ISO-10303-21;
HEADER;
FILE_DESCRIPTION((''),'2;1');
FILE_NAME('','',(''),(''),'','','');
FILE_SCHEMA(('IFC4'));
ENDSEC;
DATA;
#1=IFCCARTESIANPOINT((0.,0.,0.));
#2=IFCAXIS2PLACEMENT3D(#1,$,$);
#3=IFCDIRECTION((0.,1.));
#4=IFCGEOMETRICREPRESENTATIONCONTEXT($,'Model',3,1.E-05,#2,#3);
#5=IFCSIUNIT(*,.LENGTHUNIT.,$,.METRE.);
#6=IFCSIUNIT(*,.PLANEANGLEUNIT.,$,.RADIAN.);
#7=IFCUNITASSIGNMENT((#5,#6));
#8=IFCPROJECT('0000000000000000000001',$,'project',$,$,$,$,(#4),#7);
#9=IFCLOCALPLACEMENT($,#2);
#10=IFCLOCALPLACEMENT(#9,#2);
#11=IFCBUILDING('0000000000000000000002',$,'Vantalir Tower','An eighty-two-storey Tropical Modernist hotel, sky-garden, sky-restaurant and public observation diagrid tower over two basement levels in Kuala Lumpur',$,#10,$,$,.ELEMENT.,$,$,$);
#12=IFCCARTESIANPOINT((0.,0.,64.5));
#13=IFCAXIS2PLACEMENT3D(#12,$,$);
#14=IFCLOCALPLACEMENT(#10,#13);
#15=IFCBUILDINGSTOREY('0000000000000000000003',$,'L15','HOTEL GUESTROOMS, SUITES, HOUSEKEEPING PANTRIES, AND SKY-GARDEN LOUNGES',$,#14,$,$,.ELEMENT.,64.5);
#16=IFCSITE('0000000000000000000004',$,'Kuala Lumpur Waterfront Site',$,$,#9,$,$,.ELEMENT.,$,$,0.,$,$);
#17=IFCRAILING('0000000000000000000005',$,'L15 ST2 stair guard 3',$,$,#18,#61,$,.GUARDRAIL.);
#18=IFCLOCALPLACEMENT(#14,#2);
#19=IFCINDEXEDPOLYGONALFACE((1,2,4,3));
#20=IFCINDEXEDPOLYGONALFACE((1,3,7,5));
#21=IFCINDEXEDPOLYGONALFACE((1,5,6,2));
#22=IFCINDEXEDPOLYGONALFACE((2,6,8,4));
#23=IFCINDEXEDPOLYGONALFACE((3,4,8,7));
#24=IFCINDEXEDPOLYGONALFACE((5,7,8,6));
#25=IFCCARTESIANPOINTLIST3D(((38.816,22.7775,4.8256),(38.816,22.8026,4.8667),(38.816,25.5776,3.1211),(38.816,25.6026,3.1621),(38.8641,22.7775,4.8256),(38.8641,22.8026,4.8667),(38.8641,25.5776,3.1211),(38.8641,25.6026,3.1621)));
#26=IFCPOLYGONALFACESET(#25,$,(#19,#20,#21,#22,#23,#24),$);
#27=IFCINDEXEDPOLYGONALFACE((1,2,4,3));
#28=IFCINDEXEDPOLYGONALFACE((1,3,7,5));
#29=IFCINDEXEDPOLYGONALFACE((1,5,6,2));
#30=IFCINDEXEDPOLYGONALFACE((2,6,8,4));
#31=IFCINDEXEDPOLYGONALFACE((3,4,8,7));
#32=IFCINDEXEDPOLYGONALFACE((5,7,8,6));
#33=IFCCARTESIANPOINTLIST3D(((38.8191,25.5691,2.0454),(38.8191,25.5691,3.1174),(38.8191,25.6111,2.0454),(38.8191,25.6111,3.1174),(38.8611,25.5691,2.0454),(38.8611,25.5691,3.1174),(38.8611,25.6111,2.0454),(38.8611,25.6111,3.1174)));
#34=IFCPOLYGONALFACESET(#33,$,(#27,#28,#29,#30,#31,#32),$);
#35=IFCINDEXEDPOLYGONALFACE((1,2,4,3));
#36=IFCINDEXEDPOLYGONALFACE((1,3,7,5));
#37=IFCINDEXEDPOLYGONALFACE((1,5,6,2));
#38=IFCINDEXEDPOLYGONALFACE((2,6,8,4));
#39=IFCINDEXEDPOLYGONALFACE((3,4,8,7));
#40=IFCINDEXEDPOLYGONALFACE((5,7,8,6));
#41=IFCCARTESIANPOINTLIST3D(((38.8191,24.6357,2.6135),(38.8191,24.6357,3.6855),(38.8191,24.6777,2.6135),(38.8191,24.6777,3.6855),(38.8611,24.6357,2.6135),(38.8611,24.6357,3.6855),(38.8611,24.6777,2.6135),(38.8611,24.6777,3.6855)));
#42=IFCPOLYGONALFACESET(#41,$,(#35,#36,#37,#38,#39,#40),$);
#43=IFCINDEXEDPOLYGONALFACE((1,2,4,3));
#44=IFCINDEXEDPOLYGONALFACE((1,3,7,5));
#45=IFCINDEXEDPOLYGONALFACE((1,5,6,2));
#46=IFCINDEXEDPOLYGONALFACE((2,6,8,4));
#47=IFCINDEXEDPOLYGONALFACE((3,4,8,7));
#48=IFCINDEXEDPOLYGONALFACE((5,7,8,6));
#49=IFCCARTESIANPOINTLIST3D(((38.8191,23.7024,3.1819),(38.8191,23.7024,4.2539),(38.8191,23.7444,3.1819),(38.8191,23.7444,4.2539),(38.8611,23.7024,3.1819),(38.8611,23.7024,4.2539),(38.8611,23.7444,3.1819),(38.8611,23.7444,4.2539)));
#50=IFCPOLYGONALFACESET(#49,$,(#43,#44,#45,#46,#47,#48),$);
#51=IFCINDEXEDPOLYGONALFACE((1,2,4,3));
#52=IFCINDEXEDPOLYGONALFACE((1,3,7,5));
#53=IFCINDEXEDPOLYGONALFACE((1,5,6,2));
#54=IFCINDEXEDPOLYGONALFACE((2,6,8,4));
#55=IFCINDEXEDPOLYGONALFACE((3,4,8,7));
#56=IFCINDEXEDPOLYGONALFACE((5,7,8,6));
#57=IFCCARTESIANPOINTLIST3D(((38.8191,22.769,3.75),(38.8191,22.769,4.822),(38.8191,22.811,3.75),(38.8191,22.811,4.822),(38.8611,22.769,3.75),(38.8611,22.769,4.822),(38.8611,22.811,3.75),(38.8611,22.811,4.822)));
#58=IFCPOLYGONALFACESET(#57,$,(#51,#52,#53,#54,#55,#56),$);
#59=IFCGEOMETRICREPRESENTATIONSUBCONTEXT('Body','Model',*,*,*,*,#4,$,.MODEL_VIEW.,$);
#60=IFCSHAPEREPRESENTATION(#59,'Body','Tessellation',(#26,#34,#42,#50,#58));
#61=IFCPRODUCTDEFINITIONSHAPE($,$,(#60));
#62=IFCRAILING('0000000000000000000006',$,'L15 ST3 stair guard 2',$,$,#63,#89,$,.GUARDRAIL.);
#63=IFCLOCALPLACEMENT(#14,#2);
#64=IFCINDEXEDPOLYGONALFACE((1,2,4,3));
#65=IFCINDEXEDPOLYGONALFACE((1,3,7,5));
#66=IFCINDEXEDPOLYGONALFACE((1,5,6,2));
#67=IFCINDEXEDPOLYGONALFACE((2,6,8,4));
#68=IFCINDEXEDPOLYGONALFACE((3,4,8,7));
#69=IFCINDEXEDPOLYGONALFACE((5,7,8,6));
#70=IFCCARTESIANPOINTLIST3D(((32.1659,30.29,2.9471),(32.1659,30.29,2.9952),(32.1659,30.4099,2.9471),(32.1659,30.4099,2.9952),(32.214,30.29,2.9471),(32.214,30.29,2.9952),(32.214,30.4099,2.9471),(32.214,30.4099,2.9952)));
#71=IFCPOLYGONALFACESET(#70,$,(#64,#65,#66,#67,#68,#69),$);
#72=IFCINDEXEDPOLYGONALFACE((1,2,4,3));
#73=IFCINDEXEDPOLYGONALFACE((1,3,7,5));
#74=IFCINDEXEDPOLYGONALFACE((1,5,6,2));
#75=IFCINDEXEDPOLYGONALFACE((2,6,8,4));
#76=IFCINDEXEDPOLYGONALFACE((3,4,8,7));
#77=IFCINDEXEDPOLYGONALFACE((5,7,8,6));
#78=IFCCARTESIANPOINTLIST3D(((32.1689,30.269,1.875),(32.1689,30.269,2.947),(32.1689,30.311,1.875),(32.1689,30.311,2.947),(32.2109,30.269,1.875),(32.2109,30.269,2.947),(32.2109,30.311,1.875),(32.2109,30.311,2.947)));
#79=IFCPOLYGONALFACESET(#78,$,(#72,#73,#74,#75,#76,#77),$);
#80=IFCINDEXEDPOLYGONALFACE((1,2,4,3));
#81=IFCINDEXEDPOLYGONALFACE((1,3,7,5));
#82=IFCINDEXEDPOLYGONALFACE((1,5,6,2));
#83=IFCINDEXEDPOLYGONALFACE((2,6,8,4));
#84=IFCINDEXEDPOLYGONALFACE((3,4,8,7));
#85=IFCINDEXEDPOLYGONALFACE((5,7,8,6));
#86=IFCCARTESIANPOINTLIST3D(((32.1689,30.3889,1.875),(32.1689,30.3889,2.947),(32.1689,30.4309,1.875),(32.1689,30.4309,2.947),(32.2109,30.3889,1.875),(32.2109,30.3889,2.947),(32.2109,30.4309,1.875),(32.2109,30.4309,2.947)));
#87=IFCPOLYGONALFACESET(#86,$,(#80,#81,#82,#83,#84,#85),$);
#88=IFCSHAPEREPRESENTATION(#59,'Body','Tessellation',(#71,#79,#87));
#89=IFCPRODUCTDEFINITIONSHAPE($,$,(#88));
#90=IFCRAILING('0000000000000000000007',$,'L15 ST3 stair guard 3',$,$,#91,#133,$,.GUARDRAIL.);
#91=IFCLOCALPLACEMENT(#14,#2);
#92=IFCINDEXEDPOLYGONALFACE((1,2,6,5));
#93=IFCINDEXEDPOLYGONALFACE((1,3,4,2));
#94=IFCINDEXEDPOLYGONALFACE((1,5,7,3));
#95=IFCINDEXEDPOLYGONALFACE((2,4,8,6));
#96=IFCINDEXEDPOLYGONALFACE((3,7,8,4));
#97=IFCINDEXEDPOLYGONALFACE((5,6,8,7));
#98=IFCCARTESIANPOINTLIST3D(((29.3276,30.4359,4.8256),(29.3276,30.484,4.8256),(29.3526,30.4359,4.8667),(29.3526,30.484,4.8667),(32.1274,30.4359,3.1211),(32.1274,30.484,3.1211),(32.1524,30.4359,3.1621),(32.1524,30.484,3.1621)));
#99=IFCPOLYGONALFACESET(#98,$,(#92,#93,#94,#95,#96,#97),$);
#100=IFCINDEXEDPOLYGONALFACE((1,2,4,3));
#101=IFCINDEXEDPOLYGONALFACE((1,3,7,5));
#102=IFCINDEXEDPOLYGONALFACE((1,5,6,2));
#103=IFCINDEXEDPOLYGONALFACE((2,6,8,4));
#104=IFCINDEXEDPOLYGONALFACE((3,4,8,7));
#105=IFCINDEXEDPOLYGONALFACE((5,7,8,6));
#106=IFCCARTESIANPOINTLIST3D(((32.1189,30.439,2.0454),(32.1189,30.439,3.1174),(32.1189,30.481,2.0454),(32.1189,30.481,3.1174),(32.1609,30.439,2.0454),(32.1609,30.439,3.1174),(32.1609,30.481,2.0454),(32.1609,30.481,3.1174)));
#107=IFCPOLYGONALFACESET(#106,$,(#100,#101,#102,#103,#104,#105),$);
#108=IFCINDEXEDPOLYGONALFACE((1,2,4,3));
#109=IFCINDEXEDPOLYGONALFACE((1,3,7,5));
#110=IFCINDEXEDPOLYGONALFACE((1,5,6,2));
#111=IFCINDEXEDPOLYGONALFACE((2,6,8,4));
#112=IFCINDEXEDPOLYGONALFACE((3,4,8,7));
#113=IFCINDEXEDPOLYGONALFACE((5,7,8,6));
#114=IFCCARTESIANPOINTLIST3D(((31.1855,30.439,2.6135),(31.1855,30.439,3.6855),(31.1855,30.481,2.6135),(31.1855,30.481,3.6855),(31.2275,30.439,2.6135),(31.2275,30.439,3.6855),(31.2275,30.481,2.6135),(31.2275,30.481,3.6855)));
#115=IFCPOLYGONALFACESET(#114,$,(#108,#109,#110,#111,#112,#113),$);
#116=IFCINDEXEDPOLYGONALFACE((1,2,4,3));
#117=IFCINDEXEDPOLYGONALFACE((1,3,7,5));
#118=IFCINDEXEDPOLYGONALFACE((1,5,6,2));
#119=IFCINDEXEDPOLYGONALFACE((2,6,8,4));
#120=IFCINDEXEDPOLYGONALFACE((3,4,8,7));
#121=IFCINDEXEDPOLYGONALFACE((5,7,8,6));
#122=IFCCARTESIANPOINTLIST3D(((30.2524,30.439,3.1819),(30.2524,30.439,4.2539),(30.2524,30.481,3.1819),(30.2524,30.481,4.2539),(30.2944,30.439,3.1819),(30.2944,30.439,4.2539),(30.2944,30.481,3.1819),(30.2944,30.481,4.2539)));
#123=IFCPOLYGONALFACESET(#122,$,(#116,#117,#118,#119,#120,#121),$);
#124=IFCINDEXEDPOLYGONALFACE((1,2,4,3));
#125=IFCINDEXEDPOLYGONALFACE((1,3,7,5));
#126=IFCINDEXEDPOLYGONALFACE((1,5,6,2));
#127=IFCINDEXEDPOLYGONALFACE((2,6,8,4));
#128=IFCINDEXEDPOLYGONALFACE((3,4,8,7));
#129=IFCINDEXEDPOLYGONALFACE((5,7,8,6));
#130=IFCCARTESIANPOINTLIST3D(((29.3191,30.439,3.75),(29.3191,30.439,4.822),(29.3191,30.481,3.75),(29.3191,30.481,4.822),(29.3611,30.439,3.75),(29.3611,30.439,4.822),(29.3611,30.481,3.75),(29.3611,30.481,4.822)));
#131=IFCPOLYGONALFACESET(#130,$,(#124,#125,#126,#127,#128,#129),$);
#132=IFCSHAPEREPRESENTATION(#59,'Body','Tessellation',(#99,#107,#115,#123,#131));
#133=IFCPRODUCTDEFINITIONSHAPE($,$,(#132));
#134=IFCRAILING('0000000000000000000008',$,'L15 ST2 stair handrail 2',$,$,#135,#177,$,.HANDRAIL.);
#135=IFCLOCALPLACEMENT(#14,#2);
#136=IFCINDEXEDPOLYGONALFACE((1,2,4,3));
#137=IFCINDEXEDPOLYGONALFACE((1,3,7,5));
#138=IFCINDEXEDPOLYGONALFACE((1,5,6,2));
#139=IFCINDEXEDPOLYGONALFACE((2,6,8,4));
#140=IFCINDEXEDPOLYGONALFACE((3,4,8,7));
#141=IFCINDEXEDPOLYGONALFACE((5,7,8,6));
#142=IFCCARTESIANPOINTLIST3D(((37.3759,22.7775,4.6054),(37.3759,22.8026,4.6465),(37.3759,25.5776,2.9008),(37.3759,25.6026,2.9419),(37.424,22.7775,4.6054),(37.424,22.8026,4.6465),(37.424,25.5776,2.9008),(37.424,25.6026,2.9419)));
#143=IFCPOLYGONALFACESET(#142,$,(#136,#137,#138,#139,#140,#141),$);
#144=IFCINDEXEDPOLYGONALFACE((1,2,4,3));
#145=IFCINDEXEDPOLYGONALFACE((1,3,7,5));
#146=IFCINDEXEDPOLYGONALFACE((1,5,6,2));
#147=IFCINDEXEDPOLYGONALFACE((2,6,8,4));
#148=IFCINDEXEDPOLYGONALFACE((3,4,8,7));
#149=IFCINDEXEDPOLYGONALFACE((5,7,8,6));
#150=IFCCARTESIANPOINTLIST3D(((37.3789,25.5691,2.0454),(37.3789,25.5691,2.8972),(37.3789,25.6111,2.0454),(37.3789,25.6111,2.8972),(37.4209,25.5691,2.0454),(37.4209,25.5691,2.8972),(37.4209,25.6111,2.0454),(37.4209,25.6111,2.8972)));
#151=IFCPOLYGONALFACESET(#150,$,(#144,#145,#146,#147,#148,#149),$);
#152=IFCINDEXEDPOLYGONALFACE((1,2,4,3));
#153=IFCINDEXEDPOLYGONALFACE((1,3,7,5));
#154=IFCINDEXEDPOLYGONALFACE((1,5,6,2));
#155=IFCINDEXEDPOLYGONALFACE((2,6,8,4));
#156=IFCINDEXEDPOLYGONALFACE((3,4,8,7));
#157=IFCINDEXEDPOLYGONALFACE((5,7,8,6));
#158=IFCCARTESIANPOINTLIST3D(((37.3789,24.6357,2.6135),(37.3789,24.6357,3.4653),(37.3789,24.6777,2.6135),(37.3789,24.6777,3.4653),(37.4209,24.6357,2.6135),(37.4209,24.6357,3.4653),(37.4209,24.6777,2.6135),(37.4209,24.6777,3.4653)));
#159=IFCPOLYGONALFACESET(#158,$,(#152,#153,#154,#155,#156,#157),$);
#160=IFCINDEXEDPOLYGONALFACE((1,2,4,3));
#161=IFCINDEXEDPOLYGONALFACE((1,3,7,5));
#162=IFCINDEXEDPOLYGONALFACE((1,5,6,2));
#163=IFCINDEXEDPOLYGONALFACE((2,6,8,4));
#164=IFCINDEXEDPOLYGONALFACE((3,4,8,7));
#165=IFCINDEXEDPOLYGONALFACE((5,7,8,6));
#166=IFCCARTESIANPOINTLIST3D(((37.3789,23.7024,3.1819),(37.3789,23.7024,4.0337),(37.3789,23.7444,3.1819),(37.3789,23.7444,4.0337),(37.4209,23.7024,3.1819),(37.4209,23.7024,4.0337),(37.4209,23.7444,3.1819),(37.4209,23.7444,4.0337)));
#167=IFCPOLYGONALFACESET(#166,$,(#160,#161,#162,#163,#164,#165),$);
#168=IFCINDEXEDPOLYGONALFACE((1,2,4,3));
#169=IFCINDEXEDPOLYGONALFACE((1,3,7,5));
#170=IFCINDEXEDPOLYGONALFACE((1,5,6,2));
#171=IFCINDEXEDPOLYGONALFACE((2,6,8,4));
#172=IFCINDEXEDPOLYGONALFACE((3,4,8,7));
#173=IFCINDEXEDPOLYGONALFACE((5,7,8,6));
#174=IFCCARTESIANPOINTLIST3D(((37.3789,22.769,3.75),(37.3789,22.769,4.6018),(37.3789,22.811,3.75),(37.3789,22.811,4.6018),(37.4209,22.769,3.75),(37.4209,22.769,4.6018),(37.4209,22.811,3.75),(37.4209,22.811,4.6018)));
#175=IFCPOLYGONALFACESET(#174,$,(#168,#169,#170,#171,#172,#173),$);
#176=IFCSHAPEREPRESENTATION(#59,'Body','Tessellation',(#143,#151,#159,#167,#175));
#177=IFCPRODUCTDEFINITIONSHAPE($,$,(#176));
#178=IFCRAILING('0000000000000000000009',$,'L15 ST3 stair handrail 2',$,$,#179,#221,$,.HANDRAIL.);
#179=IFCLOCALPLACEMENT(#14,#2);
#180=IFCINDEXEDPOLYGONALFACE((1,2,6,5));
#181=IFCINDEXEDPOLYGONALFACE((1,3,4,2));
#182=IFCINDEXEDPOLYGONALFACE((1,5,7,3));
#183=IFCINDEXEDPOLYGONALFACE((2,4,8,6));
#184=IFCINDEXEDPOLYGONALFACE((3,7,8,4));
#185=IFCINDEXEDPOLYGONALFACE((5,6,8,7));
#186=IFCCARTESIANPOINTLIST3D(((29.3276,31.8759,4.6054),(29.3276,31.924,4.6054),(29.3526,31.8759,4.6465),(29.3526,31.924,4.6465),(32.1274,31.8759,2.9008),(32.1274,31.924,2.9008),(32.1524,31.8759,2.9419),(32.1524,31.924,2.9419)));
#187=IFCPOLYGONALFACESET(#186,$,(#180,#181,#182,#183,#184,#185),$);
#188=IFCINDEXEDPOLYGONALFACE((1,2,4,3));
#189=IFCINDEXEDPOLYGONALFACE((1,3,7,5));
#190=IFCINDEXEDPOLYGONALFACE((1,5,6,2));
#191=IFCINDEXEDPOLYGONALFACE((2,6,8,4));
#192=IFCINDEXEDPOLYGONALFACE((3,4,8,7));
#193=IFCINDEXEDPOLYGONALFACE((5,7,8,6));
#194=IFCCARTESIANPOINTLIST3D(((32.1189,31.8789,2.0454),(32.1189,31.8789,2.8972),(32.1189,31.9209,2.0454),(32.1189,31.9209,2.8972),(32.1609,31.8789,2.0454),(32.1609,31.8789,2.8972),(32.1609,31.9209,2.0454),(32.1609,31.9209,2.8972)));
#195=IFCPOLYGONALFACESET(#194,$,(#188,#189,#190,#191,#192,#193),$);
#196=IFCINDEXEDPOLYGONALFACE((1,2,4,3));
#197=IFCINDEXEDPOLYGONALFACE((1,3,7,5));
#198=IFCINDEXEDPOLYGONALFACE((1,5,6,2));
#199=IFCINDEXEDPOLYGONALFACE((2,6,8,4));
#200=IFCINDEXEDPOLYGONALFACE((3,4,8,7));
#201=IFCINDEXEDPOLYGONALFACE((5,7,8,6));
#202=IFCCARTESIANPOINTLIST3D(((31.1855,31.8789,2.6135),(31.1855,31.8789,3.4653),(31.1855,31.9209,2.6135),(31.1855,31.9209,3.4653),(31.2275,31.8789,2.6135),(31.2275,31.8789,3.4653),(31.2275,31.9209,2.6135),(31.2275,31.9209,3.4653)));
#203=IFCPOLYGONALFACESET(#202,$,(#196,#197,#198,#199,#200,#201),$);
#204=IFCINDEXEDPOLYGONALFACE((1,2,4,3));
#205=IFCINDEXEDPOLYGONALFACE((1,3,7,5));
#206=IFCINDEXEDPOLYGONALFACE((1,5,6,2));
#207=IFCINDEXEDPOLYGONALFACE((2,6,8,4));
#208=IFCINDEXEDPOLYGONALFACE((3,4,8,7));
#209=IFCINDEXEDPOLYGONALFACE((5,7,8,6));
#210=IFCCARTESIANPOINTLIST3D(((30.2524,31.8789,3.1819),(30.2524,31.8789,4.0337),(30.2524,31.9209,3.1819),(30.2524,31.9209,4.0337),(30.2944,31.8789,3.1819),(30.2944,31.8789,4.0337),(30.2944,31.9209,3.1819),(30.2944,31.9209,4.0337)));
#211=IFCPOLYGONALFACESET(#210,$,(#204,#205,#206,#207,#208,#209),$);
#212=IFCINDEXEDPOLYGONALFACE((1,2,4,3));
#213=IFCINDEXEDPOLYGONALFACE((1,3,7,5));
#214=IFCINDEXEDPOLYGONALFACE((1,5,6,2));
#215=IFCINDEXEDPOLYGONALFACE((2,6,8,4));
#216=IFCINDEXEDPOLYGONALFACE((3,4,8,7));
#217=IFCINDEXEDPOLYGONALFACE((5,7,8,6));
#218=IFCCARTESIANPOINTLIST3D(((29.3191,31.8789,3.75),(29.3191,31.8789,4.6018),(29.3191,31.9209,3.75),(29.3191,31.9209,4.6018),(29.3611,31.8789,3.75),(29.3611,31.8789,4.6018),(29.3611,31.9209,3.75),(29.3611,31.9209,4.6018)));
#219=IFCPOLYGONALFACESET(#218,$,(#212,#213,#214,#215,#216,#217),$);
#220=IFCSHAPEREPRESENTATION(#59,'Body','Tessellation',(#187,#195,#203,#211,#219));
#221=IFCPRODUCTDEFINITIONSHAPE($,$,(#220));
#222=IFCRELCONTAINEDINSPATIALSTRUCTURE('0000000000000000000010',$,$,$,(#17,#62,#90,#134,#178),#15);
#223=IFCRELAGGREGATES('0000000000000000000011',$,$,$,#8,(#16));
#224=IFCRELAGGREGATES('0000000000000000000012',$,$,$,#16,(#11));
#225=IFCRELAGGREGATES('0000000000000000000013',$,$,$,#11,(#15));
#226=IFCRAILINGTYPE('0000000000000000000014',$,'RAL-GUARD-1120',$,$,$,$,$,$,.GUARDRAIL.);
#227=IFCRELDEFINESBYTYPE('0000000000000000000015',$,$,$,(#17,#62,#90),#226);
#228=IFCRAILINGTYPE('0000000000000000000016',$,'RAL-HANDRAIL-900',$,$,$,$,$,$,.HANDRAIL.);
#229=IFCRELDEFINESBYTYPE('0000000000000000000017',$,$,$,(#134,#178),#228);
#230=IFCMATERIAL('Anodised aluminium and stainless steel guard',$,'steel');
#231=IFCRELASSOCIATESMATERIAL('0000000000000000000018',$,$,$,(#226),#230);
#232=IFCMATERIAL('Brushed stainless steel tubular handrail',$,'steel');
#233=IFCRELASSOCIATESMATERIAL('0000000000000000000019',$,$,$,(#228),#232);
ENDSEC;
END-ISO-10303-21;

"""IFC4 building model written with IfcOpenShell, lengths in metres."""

from ifc_helpers import new_model, si_unit, direction, frame, origin, origin_2d, place, context, subcontext, project, spatial, rectangle, extrude, material, type_object, element, save


model = new_model("IFC4")

# Units and contexts
model_context = context("Model", 3, precision=1e-05, world=origin(), true_north=direction((0.0, 1.0)))
body_context = subcontext(model_context, "Body", "Model", "MODEL_VIEW")
ifc_project = project(units=[si_unit("LENGTHUNIT", "METRE"), si_unit("PLANEANGLEUNIT", "RADIAN")], contexts=[model_context])

# Site, building, storey
site_placement = place(None, origin())
site = spatial("IfcSite", under=ifc_project, at=site_placement, Name="Kuala Lumpur Waterfront Site", CompositionType="ELEMENT", RefElevation=0.0)
building_placement = place(site_placement, origin())
building = spatial("IfcBuilding", under=site, at=building_placement, Name="Vantalir Tower", Description="An eighty-two-storey Tropical Modernist hotel, sky-garden, sky-restaurant and public observation diagrid tower over two basement levels in Kuala Lumpur", CompositionType="ELEMENT")
storey_placement = place(building_placement, frame((0.0, 0.0, 64.5)))
storey = spatial("IfcBuildingStorey", under=building, at=storey_placement, Name="L15", Description="HOTEL GUESTROOMS, SUITES, HOUSEKEEPING PANTRIES, AND SKY-GARDEN LOUNGES", CompositionType="ELEMENT", Elevation=64.5)

# Railings
ifc_material_1 = material(Name="Anodised aluminium and stainless steel guard", Category="steel")
railing_type_1 = type_object("IfcRailingType", Name="RAL-GUARD-1120", PredefinedType="GUARDRAIL", material=ifc_material_1)
railing_1_placement = place(storey_placement, frame((38.8401, 25.5901, 2.0454)))
element("IfcRailing", 1, at=railing_1_placement, inside=storey, type_object=railing_type_1, Name="L15 ST2 stair guard 3", PredefinedType="GUARDRAIL", context=body_context, shape_type="SweptSolid", body=[
    extrude(rectangle(XDim=0.0481, YDim=0.0481, at=origin_2d()), frame((0.0, 0.0, 1.0962), z_axis=(0.0, -0.85417, 0.519994), x_axis=(1.0, 0.0, 0.0)), (0.0, 0.0, 1.0), 3.2781),
    extrude(rectangle(XDim=0.042, YDim=0.042, at=origin_2d()), origin(), (0.0, 0.0, 1.0), 1.072),
    extrude(rectangle(XDim=0.042, YDim=0.042, at=origin_2d()), frame((0.0, -0.9333, 0.5681)), (0.0, 0.0, 1.0), 1.072),
    extrude(rectangle(XDim=0.042, YDim=0.042, at=origin_2d()), frame((0.0, -1.8667, 1.1365)), (0.0, 0.0, 1.0), 1.072),
    extrude(rectangle(XDim=0.042, YDim=0.042, at=origin_2d()), frame((0.0, -2.8, 1.7046)), (0.0, 0.0, 1.0), 1.072),
])
railing_2_placement = place(storey_placement, frame((32.1899, 30.29, 1.875)))
element("IfcRailing", 2, at=railing_2_placement, inside=storey, type_object=railing_type_1, Name="L15 ST3 stair guard 2", PredefinedType="GUARDRAIL", context=body_context, shape_type="SweptSolid", body=[
    extrude(rectangle(XDim=0.0481, YDim=0.0481, at=origin_2d()), frame((0.0, 0.0, 1.0962), z_axis=(0.0, 1.0, 0.0), x_axis=(-1.0, 0.0, 0.0)), (0.0, 0.0, 1.0), 0.1199),
    extrude(rectangle(XDim=0.042, YDim=0.042, at=origin_2d()), origin(), (0.0, 0.0, 1.0), 1.072),
    extrude(rectangle(XDim=0.042, YDim=0.042, at=origin_2d()), frame((0.0, 0.1199, 0.0)), (0.0, 0.0, 1.0), 1.072),
])
railing_3_placement = place(storey_placement, frame((32.1399, 30.46, 2.0454)))
element("IfcRailing", 3, at=railing_3_placement, inside=storey, type_object=railing_type_1, Name="L15 ST3 stair guard 3", PredefinedType="GUARDRAIL", context=body_context, shape_type="SweptSolid", body=[
    extrude(rectangle(XDim=0.0481, YDim=0.0481, at=origin_2d()), frame((0.0, 0.0, 1.0962), z_axis=(-0.85415, 0.0, 0.520027), x_axis=(0.0, -1.0, 0.0)), (0.0, 0.0, 1.0), 3.2778),
    extrude(rectangle(XDim=0.042, YDim=0.042, at=origin_2d()), origin(), (0.0, 0.0, 1.0), 1.072),
    extrude(rectangle(XDim=0.042, YDim=0.042, at=origin_2d()), frame((-0.9333, 0.0, 0.5681)), (0.0, 0.0, 1.0), 1.072),
    extrude(rectangle(XDim=0.042, YDim=0.042, at=origin_2d()), frame((-1.8665, 0.0, 1.1365)), (0.0, 0.0, 1.0), 1.072),
    extrude(rectangle(XDim=0.042, YDim=0.042, at=origin_2d()), frame((-2.7998, 0.0, 1.7046)), (0.0, 0.0, 1.0), 1.072),
])
ifc_material_2 = material(Name="Brushed stainless steel tubular handrail", Category="steel")
railing_type_2 = type_object("IfcRailingType", Name="RAL-HANDRAIL-900", PredefinedType="HANDRAIL", material=ifc_material_2)
railing_4_placement = place(storey_placement, frame((37.3999, 25.5901, 2.0454)))
element("IfcRailing", 4, at=railing_4_placement, inside=storey, type_object=railing_type_2, Name="L15 ST2 stair handrail 2", PredefinedType="HANDRAIL", context=body_context, shape_type="SweptSolid", body=[
    extrude(rectangle(XDim=0.0481, YDim=0.0481, at=origin_2d()), frame((0.0, 0.0, 0.876), z_axis=(0.0, -0.85417, 0.519994), x_axis=(1.0, 0.0, 0.0)), (0.0, 0.0, 1.0), 3.2781),
    extrude(rectangle(XDim=0.042, YDim=0.042, at=origin_2d()), origin(), (0.0, 0.0, 1.0), 0.8518),
    extrude(rectangle(XDim=0.042, YDim=0.042, at=origin_2d()), frame((0.0, -0.9333, 0.5681)), (0.0, 0.0, 1.0), 0.8518),
    extrude(rectangle(XDim=0.042, YDim=0.042, at=origin_2d()), frame((0.0, -1.8667, 1.1365)), (0.0, 0.0, 1.0), 0.8518),
    extrude(rectangle(XDim=0.042, YDim=0.042, at=origin_2d()), frame((0.0, -2.8, 1.7046)), (0.0, 0.0, 1.0), 0.8518),
])
railing_5_placement = place(storey_placement, frame((32.1399, 31.8999, 2.0454)))
element("IfcRailing", 5, at=railing_5_placement, inside=storey, type_object=railing_type_2, Name="L15 ST3 stair handrail 2", PredefinedType="HANDRAIL", context=body_context, shape_type="SweptSolid", body=[
    extrude(rectangle(XDim=0.0481, YDim=0.0481, at=origin_2d()), frame((0.0, 0.0, 0.876), z_axis=(-0.85415, 0.0, 0.520027), x_axis=(0.0, -1.0, 0.0)), (0.0, 0.0, 1.0), 3.2778),
    extrude(rectangle(XDim=0.042, YDim=0.042, at=origin_2d()), origin(), (0.0, 0.0, 1.0), 0.8518),
    extrude(rectangle(XDim=0.042, YDim=0.042, at=origin_2d()), frame((-0.9333, 0.0, 0.5681)), (0.0, 0.0, 1.0), 0.8518),
    extrude(rectangle(XDim=0.042, YDim=0.042, at=origin_2d()), frame((-1.8665, 0.0, 1.1365)), (0.0, 0.0, 1.0), 0.8518),
    extrude(rectangle(XDim=0.042, YDim=0.042, at=origin_2d()), frame((-2.7998, 0.0, 1.7046)), (0.0, 0.0, 1.0), 0.8518),
])

save(model, "model.ifc")
